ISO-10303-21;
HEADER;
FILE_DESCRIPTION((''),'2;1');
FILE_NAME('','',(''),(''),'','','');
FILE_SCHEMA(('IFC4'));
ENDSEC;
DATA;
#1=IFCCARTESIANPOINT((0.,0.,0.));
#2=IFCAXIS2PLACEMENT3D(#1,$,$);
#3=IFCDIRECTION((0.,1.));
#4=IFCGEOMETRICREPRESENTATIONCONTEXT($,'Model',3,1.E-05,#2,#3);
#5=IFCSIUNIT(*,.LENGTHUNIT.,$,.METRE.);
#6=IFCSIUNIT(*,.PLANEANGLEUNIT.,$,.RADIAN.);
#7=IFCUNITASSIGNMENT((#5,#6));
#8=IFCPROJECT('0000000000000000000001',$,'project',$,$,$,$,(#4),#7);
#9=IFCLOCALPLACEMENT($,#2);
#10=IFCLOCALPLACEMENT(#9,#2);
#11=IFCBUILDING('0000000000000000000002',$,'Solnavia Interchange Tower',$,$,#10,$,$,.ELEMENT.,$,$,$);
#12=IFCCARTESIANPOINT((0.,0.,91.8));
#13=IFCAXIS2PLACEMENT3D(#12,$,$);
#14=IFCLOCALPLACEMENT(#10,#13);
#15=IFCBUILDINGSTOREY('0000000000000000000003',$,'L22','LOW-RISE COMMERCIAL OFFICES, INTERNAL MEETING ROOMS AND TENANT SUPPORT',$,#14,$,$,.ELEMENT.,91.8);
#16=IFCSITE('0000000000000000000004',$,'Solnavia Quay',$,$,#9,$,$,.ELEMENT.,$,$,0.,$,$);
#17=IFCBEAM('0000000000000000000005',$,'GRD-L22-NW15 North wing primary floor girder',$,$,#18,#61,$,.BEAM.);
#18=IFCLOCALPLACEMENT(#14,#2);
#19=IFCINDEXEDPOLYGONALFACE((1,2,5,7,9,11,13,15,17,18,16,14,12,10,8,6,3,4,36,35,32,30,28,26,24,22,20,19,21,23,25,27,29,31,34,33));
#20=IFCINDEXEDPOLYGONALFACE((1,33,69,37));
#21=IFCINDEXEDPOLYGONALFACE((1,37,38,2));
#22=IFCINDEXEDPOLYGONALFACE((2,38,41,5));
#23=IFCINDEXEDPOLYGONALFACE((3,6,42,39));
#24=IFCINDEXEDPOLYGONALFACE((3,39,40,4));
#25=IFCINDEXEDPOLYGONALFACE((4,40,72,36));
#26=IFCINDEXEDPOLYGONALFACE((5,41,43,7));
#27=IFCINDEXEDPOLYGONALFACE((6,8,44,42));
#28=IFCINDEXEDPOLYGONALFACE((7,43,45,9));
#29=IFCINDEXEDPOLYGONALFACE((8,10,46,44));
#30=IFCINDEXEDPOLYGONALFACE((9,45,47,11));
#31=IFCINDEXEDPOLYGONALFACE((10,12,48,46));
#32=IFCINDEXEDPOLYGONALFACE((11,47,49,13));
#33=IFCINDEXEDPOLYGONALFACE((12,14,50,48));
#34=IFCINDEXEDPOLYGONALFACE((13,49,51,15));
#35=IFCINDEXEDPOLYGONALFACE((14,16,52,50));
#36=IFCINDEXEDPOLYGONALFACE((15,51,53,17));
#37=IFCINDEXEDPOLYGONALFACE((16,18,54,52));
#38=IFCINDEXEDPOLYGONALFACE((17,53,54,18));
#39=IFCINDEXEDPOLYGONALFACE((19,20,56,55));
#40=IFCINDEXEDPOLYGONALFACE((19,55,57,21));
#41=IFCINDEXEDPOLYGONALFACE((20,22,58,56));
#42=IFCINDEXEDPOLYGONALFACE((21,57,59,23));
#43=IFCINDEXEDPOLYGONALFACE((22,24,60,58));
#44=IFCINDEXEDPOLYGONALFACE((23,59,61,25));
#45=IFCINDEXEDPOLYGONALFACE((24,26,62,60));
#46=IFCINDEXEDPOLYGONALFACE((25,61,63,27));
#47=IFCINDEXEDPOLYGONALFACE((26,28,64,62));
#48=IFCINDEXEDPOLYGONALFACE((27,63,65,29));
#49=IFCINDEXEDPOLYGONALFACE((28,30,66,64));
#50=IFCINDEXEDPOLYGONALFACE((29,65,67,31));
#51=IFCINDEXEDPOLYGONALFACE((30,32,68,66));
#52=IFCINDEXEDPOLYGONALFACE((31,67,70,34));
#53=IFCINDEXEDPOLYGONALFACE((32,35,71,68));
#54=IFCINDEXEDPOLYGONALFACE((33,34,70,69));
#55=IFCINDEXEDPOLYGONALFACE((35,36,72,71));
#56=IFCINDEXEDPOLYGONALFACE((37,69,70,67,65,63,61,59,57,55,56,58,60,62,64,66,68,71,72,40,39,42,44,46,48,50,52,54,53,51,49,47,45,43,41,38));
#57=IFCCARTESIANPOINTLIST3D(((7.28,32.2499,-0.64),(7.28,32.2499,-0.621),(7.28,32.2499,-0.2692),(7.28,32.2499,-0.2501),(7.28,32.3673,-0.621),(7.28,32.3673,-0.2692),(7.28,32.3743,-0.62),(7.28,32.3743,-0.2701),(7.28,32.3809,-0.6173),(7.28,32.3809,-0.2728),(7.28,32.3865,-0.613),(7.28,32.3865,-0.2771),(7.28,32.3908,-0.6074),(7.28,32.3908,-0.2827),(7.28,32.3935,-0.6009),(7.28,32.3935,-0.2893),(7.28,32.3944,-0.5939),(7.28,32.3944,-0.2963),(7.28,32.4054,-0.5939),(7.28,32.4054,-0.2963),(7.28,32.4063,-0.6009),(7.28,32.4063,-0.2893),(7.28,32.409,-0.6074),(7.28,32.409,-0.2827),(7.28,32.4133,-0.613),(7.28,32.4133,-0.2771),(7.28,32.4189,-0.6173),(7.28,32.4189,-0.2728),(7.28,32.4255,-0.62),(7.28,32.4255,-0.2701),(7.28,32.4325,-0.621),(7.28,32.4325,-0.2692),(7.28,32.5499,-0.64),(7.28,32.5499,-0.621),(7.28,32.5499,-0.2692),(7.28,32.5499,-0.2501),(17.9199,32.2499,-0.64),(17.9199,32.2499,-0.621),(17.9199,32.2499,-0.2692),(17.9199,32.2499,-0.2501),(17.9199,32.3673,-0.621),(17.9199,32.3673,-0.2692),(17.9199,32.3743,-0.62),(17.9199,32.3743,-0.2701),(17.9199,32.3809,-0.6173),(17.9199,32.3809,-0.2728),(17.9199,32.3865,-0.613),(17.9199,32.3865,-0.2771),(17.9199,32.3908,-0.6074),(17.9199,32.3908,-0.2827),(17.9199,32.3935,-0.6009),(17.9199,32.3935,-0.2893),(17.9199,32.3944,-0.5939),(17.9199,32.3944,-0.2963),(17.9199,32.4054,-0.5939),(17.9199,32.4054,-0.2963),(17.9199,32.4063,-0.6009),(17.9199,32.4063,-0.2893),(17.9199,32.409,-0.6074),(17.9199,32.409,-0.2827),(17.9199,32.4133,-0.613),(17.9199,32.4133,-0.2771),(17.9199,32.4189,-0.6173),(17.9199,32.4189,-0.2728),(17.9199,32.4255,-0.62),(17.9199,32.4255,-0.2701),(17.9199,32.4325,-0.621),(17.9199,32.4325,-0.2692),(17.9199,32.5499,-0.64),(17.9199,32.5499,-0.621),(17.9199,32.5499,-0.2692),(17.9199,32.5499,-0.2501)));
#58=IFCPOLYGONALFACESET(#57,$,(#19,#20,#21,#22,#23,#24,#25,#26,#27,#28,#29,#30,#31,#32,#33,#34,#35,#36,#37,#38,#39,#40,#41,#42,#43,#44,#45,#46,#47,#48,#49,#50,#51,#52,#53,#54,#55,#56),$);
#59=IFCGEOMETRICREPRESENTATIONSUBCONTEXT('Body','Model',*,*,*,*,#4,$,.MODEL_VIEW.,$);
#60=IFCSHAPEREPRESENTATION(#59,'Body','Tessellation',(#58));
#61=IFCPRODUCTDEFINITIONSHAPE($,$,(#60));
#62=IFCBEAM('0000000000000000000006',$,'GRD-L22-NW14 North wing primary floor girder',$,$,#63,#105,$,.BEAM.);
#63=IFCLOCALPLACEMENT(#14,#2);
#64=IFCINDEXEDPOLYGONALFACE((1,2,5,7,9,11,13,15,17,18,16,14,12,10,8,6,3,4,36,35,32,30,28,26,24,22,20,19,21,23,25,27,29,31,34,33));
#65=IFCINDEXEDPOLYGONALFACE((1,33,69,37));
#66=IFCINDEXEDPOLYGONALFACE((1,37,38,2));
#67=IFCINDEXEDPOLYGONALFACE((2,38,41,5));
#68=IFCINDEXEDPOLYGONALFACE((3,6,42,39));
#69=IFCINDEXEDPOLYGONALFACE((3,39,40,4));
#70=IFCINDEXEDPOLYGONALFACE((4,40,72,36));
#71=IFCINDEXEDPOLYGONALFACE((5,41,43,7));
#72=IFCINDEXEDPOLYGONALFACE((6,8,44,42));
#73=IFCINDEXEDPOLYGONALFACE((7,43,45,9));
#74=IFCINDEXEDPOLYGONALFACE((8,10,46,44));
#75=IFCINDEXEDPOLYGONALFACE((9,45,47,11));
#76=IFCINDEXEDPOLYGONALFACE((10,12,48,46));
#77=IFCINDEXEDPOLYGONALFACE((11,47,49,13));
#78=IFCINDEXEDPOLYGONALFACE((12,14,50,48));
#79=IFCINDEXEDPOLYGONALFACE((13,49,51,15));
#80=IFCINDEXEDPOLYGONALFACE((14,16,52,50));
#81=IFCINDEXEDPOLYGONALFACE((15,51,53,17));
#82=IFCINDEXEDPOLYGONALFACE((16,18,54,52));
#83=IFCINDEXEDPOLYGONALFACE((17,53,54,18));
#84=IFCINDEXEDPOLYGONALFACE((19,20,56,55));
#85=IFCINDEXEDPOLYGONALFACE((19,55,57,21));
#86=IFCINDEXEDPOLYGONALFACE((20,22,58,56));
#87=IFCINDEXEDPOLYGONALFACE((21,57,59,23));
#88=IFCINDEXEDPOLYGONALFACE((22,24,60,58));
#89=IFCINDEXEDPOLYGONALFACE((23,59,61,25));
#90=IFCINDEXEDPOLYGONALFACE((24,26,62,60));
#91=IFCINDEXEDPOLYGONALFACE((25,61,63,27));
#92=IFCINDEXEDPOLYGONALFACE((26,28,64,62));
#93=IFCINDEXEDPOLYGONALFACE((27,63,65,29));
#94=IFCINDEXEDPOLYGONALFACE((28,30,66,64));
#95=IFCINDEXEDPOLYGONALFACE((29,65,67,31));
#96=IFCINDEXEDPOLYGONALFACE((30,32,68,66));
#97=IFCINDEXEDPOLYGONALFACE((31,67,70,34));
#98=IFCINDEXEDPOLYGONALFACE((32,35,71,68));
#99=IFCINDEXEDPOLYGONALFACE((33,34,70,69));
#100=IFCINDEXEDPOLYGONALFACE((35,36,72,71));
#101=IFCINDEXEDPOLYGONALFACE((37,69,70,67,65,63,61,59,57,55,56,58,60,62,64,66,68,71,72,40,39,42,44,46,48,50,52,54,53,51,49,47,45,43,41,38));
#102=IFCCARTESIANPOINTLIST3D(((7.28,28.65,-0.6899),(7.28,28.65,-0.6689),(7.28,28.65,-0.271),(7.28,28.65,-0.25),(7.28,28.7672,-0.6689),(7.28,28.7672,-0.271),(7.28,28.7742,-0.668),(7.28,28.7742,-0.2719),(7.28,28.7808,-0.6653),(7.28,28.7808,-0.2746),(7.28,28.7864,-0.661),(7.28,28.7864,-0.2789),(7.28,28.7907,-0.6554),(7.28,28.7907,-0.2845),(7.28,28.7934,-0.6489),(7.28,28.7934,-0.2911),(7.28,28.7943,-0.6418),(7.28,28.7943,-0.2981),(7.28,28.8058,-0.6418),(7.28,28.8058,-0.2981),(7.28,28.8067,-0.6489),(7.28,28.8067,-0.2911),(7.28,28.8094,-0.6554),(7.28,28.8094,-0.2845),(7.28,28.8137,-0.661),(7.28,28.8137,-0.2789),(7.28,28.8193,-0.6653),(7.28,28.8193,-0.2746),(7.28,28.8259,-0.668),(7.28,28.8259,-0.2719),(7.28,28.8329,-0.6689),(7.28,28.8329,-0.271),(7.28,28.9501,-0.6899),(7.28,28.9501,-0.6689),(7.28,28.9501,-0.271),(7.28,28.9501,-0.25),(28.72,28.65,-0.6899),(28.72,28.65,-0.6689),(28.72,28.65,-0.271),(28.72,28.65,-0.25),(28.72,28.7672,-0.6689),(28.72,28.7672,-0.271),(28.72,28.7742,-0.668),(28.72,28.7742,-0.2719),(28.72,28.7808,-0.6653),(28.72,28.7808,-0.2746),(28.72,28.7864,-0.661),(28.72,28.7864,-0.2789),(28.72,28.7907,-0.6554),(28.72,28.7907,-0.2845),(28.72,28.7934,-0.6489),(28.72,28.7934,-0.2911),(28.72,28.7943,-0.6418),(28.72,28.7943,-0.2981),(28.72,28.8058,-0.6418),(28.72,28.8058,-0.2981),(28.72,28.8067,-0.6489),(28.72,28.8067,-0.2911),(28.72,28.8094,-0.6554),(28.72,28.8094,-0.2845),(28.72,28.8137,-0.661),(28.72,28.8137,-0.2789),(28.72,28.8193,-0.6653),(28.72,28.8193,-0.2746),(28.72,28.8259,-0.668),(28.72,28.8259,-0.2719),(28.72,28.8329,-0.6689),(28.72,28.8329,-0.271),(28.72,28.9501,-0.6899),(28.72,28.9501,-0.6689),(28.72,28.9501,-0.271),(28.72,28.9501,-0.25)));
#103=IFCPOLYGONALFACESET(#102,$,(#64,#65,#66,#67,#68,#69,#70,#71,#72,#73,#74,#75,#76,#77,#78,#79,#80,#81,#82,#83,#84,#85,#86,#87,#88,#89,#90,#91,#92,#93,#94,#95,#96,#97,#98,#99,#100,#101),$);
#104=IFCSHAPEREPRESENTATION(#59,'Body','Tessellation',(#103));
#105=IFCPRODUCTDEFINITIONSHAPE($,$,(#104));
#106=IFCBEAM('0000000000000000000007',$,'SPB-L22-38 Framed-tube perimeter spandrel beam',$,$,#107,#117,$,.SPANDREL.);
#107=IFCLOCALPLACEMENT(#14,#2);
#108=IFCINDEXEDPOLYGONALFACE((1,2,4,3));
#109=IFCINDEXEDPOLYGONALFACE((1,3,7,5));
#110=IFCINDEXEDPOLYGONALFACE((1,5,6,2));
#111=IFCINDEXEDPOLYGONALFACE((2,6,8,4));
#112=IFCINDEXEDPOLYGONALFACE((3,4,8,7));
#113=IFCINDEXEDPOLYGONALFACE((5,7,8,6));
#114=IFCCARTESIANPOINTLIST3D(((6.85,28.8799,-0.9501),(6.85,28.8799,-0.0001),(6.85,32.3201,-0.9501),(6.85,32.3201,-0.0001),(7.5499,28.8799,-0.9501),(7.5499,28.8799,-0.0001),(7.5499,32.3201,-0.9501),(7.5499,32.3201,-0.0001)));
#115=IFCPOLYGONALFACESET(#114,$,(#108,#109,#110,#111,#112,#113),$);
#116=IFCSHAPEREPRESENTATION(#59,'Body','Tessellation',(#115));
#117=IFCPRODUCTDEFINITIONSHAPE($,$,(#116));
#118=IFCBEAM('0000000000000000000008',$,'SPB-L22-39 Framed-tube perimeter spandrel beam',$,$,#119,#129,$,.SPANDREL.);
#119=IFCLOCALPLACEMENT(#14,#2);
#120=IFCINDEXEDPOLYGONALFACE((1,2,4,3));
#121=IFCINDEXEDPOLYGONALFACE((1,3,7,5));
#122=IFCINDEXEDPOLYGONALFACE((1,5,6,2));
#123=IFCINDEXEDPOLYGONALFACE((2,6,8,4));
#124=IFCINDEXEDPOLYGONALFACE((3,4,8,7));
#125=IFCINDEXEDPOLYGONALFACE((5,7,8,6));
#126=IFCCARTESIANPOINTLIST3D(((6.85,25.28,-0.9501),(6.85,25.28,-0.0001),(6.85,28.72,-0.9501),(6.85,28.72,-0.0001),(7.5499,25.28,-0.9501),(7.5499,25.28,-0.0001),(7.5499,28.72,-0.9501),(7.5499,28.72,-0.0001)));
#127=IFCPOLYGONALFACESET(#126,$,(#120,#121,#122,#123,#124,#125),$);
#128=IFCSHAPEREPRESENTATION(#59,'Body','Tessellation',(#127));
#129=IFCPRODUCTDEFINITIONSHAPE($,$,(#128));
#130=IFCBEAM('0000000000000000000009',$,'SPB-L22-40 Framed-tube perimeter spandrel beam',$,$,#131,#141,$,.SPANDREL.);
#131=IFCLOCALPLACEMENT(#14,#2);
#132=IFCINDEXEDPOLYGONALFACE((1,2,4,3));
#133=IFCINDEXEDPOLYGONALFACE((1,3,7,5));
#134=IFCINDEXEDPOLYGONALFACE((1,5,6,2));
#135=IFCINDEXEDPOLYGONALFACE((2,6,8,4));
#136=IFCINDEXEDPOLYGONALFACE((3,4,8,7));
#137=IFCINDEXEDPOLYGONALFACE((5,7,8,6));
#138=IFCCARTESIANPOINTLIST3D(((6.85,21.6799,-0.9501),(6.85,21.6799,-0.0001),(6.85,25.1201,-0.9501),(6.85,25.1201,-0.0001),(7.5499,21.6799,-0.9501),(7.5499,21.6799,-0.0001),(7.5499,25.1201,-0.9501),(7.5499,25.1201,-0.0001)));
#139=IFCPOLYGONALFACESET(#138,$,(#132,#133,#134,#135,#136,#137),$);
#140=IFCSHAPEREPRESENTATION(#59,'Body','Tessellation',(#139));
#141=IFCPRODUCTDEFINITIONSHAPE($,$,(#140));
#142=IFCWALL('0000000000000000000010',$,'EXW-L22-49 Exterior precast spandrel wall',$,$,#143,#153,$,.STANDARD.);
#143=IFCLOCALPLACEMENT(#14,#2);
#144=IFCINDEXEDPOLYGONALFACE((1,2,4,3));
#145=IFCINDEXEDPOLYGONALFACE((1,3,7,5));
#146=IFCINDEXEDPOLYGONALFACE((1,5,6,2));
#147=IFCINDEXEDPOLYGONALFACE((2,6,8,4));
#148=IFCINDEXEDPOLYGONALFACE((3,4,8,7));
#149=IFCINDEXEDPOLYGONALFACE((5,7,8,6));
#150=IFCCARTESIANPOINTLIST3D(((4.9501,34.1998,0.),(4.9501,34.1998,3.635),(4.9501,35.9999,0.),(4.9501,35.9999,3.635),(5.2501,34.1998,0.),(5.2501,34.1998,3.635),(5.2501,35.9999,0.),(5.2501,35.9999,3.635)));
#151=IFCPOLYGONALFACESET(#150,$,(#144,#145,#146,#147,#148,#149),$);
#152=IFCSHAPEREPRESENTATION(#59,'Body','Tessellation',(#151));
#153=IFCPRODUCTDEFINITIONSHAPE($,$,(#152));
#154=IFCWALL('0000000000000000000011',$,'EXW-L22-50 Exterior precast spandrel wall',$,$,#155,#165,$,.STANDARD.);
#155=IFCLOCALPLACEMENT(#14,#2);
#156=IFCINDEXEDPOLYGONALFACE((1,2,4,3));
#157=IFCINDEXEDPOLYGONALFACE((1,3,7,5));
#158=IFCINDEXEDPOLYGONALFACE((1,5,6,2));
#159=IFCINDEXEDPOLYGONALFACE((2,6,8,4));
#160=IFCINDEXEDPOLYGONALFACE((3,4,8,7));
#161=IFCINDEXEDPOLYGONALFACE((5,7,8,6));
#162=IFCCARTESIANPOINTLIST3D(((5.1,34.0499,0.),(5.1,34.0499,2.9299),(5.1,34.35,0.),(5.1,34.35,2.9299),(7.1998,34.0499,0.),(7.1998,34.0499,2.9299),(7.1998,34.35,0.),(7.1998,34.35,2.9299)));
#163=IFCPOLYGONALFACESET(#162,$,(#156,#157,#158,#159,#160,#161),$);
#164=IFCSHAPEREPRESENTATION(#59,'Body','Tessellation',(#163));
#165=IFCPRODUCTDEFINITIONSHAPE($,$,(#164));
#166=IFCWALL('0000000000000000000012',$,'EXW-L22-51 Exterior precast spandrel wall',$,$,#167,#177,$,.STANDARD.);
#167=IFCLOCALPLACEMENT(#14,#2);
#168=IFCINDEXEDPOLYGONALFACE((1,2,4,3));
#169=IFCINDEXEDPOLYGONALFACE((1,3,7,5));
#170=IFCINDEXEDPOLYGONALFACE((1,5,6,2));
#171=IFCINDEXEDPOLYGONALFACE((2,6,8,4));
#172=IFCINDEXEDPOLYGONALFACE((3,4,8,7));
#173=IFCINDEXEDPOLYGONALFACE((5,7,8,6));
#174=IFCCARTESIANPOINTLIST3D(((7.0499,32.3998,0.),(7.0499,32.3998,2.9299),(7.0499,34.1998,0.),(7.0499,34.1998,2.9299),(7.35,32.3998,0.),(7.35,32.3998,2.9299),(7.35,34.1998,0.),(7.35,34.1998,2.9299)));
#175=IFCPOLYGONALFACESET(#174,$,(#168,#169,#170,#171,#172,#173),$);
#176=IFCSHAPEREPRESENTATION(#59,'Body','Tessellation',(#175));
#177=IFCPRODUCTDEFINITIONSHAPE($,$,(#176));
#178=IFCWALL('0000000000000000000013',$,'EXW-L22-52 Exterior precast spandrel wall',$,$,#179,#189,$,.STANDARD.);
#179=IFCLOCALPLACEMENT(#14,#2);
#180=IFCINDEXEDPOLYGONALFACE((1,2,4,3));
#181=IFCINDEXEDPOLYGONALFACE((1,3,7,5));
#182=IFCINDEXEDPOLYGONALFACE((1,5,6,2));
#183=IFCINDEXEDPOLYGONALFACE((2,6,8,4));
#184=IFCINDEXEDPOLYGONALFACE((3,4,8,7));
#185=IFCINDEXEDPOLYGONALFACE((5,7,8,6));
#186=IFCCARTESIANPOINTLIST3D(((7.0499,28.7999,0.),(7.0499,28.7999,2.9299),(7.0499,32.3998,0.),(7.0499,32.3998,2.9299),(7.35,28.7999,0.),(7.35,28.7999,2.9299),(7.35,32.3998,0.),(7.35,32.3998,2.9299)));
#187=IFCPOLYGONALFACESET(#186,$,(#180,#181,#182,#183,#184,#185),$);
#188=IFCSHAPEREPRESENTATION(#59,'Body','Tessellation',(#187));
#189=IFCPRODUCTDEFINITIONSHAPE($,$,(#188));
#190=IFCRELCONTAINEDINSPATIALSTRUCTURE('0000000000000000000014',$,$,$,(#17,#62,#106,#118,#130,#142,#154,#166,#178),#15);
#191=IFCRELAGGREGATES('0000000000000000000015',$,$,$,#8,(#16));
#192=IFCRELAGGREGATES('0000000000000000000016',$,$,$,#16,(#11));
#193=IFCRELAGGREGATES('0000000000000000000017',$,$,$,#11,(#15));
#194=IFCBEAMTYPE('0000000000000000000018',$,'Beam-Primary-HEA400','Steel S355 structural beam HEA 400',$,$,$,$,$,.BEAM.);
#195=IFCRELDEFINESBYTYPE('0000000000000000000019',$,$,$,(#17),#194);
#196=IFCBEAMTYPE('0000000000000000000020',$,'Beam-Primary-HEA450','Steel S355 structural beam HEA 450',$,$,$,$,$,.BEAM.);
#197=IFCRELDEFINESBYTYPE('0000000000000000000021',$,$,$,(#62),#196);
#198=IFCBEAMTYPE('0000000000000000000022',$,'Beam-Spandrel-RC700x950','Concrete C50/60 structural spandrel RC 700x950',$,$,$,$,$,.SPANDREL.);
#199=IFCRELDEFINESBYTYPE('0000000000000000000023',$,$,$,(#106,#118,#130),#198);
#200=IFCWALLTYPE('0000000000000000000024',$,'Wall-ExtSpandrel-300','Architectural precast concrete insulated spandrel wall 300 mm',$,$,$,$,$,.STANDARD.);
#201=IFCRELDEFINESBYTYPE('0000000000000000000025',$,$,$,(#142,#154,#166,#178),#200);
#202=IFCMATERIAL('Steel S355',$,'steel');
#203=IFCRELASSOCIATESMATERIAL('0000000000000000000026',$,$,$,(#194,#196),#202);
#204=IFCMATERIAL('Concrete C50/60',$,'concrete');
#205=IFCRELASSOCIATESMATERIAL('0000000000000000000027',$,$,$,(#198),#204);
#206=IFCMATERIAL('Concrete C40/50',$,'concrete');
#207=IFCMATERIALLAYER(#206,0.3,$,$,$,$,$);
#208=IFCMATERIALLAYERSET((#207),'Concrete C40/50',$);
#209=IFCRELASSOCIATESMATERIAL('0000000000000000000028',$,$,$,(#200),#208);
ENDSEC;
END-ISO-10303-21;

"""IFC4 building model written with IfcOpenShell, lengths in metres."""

from ifc_helpers import new_model, si_unit, direction, frame, frame_2d, origin, origin_2d, place, context, subcontext, project, spatial, rectangle, i_section, extrude, material, layer, layer_set, material_profile, profile_set, type_object, element, save


model = new_model("IFC4")

# Units and contexts
model_context = context("Model", 3, precision=1e-05, world=origin(), true_north=direction((0.0, 1.0)))
body_context = subcontext(model_context, "Body", "Model", "MODEL_VIEW")
ifc_project = project(units=[si_unit("LENGTHUNIT", "METRE"), si_unit("PLANEANGLEUNIT", "RADIAN")], contexts=[model_context])

# Site, building, storey
site_placement = place(None, origin())
site = spatial("IfcSite", under=ifc_project, at=site_placement, Name="Solnavia Quay", CompositionType="ELEMENT", RefElevation=0.0)
building_placement = place(site_placement, origin())
building = spatial("IfcBuilding", under=site, at=building_placement, Name="Solnavia Interchange Tower", CompositionType="ELEMENT")
storey_placement = place(building_placement, frame((0.0, 0.0, 91.8)))
storey = spatial("IfcBuildingStorey", under=building, at=storey_placement, Name="L22", Description="LOW-RISE COMMERCIAL OFFICES, INTERNAL MEETING ROOMS AND TENANT SUPPORT", CompositionType="ELEMENT", Elevation=91.8)

# Shared definitions
ifc_material_1 = material(Name="Concrete C50/60", Category="concrete")
ifc_material_2 = material(Name="Steel S355", Category="steel")

# Beams
ifc_material_profile_1 = material_profile(ifc_material_2, i_section(OverallWidth=0.3, OverallDepth=0.3899, WebThickness=0.011, FlangeThickness=0.019, FilletRadius=0.0271, at=origin_2d()), Name="HEA 400")
ifc_profile_set_1 = profile_set([ifc_material_profile_1], Name="Steel S355")
beam_type_1 = type_object("IfcBeamType", Name="Beam-Primary-HEA400", Description="Steel S355 structural beam HEA 400", PredefinedType="BEAM", material=ifc_profile_set_1)
beam_1_placement = place(storey_placement, frame((7.28, 32.3999, -0.4451), z_axis=(1.0, 0.0, 0.0), x_axis=(0.0, 1.0, 0.0)))
element("IfcBeam", 1, at=beam_1_placement, inside=storey, type_object=beam_type_1, Name="GRD-L22-NW15 North wing primary floor girder", PredefinedType="BEAM", context=body_context, shape_type="SweptSolid", body=[
    extrude(i_section(OverallWidth=0.3, OverallDepth=0.3899, WebThickness=0.011, FlangeThickness=0.019, FilletRadius=0.0271, at=origin_2d()), origin(), (0.0, 0.0, 1.0), 10.6399),
])
ifc_material_profile_2 = material_profile(ifc_material_2, i_section(OverallWidth=0.3, OverallDepth=0.4399, WebThickness=0.0115, FlangeThickness=0.021, FilletRadius=0.0271, at=origin_2d()), Name="HEA 450")
ifc_profile_set_2 = profile_set([ifc_material_profile_2], Name="Steel S355")
beam_type_2 = type_object("IfcBeamType", Name="Beam-Primary-HEA450", Description="Steel S355 structural beam HEA 450", PredefinedType="BEAM", material=ifc_profile_set_2)
beam_2_placement = place(storey_placement, frame((7.28, 28.8, -0.47), z_axis=(1.0, 0.0, 0.0), x_axis=(0.0, 1.0, 0.0)))
element("IfcBeam", 2, at=beam_2_placement, inside=storey, type_object=beam_type_2, Name="GRD-L22-NW14 North wing primary floor girder", PredefinedType="BEAM", context=body_context, shape_type="SweptSolid", body=[
    extrude(i_section(OverallWidth=0.3, OverallDepth=0.4399, WebThickness=0.0115, FlangeThickness=0.021, FilletRadius=0.0271, at=origin_2d()), origin(), (0.0, 0.0, 1.0), 21.4399),
])
ifc_material_profile_3 = material_profile(ifc_material_1, rectangle(XDim=0.7, YDim=0.95, at=origin_2d()), Name="RC 700x950")
ifc_profile_set_3 = profile_set([ifc_material_profile_3], Name="Concrete C50/60")
beam_type_3 = type_object("IfcBeamType", Name="Beam-Spandrel-RC700x950", Description="Concrete C50/60 structural spandrel RC 700x950", PredefinedType="SPANDREL", material=ifc_profile_set_3)
beam_3_placement = place(storey_placement, frame((7.2, 32.3201, -0.4751), z_axis=(0.0, -1.0, 0.0), x_axis=(1.0, 0.0, 0.0)))
element("IfcBeam", 3, at=beam_3_placement, inside=storey, type_object=beam_type_3, Name="SPB-L22-38 Framed-tube perimeter spandrel beam", PredefinedType="SPANDREL", context=body_context, shape_type="SweptSolid", body=[
    extrude(rectangle(XDim=0.7, YDim=0.95, at=origin_2d()), origin(), (0.0, 0.0, 1.0), 3.4402),
])
beam_4_placement = place(storey_placement, frame((7.2, 28.72, -0.4751), z_axis=(0.0, -1.0, 0.0), x_axis=(1.0, 0.0, 0.0)))
element("IfcBeam", 4, at=beam_4_placement, inside=storey, type_object=beam_type_3, Name="SPB-L22-39 Framed-tube perimeter spandrel beam", PredefinedType="SPANDREL", context=body_context, shape_type="SweptSolid", body=[
    extrude(rectangle(XDim=0.7, YDim=0.95, at=origin_2d()), origin(), (0.0, 0.0, 1.0), 3.4399),
])
beam_5_placement = place(storey_placement, frame((7.2, 25.1201, -0.4751), z_axis=(0.0, -1.0, 0.0), x_axis=(1.0, 0.0, 0.0)))
element("IfcBeam", 5, at=beam_5_placement, inside=storey, type_object=beam_type_3, Name="SPB-L22-40 Framed-tube perimeter spandrel beam", PredefinedType="SPANDREL", context=body_context, shape_type="SweptSolid", body=[
    extrude(rectangle(XDim=0.7, YDim=0.95, at=origin_2d()), origin(), (0.0, 0.0, 1.0), 3.4402),
])

# Walls
ifc_material_3 = material(Name="Concrete C40/50", Category="concrete")
ifc_layer_1 = layer(ifc_material_3, 0.3)
ifc_layer_set_1 = layer_set([ifc_layer_1], Name="Concrete C40/50")
wall_type_1 = type_object("IfcWallType", Name="Wall-ExtSpandrel-300", Description="Architectural precast concrete insulated spandrel wall 300 mm", PredefinedType="STANDARD", material=ifc_layer_set_1)
wall_1_placement = place(storey_placement, frame((5.1001, 34.2, 0.0), z_axis=(0.0, 0.0, 1.0), x_axis=(0.0, 1.0, 0.0)))
element("IfcWall", 6, at=wall_1_placement, inside=storey, type_object=wall_type_1, Name="EXW-L22-49 Exterior precast spandrel wall", PredefinedType="STANDARD", context=body_context, shape_type="SweptSolid", body=[
    extrude(rectangle(XDim=1.8, YDim=0.3, at=frame_2d((0.8999, 0.0))), origin(), (0.0, 0.0, 1.0), 3.635),
])
wall_2_placement = place(storey_placement, frame((5.1001, 34.2, 0.0), z_axis=(0.0, 0.0, 1.0), x_axis=(1.0, 0.0, 0.0)))
element("IfcWall", 7, at=wall_2_placement, inside=storey, type_object=wall_type_1, Name="EXW-L22-50 Exterior precast spandrel wall", PredefinedType="STANDARD", context=body_context, shape_type="SweptSolid", body=[
    extrude(rectangle(XDim=2.0999, YDim=0.3, at=frame_2d((1.0498, 0.0))), origin(), (0.0, 0.0, 1.0), 2.9299),
])
wall_3_placement = place(storey_placement, frame((7.2, 32.3999, 0.0), z_axis=(0.0, 0.0, 1.0), x_axis=(0.0, 1.0, 0.0)))
element("IfcWall", 8, at=wall_3_placement, inside=storey, type_object=wall_type_1, Name="EXW-L22-51 Exterior precast spandrel wall", PredefinedType="STANDARD", context=body_context, shape_type="SweptSolid", body=[
    extrude(rectangle(XDim=1.8, YDim=0.3, at=frame_2d((0.8999, 0.0))), origin(), (0.0, 0.0, 1.0), 2.9299),
])
wall_4_placement = place(storey_placement, frame((7.2, 28.8, 0.0), z_axis=(0.0, 0.0, 1.0), x_axis=(0.0, 1.0, 0.0)))
element("IfcWall", 9, at=wall_4_placement, inside=storey, type_object=wall_type_1, Name="EXW-L22-52 Exterior precast spandrel wall", PredefinedType="STANDARD", context=body_context, shape_type="SweptSolid", body=[
    extrude(rectangle(XDim=3.5999, YDim=0.3, at=frame_2d((1.7998, 0.0))), origin(), (0.0, 0.0, 1.0), 2.9299),
])

save(model, "model.ifc")
